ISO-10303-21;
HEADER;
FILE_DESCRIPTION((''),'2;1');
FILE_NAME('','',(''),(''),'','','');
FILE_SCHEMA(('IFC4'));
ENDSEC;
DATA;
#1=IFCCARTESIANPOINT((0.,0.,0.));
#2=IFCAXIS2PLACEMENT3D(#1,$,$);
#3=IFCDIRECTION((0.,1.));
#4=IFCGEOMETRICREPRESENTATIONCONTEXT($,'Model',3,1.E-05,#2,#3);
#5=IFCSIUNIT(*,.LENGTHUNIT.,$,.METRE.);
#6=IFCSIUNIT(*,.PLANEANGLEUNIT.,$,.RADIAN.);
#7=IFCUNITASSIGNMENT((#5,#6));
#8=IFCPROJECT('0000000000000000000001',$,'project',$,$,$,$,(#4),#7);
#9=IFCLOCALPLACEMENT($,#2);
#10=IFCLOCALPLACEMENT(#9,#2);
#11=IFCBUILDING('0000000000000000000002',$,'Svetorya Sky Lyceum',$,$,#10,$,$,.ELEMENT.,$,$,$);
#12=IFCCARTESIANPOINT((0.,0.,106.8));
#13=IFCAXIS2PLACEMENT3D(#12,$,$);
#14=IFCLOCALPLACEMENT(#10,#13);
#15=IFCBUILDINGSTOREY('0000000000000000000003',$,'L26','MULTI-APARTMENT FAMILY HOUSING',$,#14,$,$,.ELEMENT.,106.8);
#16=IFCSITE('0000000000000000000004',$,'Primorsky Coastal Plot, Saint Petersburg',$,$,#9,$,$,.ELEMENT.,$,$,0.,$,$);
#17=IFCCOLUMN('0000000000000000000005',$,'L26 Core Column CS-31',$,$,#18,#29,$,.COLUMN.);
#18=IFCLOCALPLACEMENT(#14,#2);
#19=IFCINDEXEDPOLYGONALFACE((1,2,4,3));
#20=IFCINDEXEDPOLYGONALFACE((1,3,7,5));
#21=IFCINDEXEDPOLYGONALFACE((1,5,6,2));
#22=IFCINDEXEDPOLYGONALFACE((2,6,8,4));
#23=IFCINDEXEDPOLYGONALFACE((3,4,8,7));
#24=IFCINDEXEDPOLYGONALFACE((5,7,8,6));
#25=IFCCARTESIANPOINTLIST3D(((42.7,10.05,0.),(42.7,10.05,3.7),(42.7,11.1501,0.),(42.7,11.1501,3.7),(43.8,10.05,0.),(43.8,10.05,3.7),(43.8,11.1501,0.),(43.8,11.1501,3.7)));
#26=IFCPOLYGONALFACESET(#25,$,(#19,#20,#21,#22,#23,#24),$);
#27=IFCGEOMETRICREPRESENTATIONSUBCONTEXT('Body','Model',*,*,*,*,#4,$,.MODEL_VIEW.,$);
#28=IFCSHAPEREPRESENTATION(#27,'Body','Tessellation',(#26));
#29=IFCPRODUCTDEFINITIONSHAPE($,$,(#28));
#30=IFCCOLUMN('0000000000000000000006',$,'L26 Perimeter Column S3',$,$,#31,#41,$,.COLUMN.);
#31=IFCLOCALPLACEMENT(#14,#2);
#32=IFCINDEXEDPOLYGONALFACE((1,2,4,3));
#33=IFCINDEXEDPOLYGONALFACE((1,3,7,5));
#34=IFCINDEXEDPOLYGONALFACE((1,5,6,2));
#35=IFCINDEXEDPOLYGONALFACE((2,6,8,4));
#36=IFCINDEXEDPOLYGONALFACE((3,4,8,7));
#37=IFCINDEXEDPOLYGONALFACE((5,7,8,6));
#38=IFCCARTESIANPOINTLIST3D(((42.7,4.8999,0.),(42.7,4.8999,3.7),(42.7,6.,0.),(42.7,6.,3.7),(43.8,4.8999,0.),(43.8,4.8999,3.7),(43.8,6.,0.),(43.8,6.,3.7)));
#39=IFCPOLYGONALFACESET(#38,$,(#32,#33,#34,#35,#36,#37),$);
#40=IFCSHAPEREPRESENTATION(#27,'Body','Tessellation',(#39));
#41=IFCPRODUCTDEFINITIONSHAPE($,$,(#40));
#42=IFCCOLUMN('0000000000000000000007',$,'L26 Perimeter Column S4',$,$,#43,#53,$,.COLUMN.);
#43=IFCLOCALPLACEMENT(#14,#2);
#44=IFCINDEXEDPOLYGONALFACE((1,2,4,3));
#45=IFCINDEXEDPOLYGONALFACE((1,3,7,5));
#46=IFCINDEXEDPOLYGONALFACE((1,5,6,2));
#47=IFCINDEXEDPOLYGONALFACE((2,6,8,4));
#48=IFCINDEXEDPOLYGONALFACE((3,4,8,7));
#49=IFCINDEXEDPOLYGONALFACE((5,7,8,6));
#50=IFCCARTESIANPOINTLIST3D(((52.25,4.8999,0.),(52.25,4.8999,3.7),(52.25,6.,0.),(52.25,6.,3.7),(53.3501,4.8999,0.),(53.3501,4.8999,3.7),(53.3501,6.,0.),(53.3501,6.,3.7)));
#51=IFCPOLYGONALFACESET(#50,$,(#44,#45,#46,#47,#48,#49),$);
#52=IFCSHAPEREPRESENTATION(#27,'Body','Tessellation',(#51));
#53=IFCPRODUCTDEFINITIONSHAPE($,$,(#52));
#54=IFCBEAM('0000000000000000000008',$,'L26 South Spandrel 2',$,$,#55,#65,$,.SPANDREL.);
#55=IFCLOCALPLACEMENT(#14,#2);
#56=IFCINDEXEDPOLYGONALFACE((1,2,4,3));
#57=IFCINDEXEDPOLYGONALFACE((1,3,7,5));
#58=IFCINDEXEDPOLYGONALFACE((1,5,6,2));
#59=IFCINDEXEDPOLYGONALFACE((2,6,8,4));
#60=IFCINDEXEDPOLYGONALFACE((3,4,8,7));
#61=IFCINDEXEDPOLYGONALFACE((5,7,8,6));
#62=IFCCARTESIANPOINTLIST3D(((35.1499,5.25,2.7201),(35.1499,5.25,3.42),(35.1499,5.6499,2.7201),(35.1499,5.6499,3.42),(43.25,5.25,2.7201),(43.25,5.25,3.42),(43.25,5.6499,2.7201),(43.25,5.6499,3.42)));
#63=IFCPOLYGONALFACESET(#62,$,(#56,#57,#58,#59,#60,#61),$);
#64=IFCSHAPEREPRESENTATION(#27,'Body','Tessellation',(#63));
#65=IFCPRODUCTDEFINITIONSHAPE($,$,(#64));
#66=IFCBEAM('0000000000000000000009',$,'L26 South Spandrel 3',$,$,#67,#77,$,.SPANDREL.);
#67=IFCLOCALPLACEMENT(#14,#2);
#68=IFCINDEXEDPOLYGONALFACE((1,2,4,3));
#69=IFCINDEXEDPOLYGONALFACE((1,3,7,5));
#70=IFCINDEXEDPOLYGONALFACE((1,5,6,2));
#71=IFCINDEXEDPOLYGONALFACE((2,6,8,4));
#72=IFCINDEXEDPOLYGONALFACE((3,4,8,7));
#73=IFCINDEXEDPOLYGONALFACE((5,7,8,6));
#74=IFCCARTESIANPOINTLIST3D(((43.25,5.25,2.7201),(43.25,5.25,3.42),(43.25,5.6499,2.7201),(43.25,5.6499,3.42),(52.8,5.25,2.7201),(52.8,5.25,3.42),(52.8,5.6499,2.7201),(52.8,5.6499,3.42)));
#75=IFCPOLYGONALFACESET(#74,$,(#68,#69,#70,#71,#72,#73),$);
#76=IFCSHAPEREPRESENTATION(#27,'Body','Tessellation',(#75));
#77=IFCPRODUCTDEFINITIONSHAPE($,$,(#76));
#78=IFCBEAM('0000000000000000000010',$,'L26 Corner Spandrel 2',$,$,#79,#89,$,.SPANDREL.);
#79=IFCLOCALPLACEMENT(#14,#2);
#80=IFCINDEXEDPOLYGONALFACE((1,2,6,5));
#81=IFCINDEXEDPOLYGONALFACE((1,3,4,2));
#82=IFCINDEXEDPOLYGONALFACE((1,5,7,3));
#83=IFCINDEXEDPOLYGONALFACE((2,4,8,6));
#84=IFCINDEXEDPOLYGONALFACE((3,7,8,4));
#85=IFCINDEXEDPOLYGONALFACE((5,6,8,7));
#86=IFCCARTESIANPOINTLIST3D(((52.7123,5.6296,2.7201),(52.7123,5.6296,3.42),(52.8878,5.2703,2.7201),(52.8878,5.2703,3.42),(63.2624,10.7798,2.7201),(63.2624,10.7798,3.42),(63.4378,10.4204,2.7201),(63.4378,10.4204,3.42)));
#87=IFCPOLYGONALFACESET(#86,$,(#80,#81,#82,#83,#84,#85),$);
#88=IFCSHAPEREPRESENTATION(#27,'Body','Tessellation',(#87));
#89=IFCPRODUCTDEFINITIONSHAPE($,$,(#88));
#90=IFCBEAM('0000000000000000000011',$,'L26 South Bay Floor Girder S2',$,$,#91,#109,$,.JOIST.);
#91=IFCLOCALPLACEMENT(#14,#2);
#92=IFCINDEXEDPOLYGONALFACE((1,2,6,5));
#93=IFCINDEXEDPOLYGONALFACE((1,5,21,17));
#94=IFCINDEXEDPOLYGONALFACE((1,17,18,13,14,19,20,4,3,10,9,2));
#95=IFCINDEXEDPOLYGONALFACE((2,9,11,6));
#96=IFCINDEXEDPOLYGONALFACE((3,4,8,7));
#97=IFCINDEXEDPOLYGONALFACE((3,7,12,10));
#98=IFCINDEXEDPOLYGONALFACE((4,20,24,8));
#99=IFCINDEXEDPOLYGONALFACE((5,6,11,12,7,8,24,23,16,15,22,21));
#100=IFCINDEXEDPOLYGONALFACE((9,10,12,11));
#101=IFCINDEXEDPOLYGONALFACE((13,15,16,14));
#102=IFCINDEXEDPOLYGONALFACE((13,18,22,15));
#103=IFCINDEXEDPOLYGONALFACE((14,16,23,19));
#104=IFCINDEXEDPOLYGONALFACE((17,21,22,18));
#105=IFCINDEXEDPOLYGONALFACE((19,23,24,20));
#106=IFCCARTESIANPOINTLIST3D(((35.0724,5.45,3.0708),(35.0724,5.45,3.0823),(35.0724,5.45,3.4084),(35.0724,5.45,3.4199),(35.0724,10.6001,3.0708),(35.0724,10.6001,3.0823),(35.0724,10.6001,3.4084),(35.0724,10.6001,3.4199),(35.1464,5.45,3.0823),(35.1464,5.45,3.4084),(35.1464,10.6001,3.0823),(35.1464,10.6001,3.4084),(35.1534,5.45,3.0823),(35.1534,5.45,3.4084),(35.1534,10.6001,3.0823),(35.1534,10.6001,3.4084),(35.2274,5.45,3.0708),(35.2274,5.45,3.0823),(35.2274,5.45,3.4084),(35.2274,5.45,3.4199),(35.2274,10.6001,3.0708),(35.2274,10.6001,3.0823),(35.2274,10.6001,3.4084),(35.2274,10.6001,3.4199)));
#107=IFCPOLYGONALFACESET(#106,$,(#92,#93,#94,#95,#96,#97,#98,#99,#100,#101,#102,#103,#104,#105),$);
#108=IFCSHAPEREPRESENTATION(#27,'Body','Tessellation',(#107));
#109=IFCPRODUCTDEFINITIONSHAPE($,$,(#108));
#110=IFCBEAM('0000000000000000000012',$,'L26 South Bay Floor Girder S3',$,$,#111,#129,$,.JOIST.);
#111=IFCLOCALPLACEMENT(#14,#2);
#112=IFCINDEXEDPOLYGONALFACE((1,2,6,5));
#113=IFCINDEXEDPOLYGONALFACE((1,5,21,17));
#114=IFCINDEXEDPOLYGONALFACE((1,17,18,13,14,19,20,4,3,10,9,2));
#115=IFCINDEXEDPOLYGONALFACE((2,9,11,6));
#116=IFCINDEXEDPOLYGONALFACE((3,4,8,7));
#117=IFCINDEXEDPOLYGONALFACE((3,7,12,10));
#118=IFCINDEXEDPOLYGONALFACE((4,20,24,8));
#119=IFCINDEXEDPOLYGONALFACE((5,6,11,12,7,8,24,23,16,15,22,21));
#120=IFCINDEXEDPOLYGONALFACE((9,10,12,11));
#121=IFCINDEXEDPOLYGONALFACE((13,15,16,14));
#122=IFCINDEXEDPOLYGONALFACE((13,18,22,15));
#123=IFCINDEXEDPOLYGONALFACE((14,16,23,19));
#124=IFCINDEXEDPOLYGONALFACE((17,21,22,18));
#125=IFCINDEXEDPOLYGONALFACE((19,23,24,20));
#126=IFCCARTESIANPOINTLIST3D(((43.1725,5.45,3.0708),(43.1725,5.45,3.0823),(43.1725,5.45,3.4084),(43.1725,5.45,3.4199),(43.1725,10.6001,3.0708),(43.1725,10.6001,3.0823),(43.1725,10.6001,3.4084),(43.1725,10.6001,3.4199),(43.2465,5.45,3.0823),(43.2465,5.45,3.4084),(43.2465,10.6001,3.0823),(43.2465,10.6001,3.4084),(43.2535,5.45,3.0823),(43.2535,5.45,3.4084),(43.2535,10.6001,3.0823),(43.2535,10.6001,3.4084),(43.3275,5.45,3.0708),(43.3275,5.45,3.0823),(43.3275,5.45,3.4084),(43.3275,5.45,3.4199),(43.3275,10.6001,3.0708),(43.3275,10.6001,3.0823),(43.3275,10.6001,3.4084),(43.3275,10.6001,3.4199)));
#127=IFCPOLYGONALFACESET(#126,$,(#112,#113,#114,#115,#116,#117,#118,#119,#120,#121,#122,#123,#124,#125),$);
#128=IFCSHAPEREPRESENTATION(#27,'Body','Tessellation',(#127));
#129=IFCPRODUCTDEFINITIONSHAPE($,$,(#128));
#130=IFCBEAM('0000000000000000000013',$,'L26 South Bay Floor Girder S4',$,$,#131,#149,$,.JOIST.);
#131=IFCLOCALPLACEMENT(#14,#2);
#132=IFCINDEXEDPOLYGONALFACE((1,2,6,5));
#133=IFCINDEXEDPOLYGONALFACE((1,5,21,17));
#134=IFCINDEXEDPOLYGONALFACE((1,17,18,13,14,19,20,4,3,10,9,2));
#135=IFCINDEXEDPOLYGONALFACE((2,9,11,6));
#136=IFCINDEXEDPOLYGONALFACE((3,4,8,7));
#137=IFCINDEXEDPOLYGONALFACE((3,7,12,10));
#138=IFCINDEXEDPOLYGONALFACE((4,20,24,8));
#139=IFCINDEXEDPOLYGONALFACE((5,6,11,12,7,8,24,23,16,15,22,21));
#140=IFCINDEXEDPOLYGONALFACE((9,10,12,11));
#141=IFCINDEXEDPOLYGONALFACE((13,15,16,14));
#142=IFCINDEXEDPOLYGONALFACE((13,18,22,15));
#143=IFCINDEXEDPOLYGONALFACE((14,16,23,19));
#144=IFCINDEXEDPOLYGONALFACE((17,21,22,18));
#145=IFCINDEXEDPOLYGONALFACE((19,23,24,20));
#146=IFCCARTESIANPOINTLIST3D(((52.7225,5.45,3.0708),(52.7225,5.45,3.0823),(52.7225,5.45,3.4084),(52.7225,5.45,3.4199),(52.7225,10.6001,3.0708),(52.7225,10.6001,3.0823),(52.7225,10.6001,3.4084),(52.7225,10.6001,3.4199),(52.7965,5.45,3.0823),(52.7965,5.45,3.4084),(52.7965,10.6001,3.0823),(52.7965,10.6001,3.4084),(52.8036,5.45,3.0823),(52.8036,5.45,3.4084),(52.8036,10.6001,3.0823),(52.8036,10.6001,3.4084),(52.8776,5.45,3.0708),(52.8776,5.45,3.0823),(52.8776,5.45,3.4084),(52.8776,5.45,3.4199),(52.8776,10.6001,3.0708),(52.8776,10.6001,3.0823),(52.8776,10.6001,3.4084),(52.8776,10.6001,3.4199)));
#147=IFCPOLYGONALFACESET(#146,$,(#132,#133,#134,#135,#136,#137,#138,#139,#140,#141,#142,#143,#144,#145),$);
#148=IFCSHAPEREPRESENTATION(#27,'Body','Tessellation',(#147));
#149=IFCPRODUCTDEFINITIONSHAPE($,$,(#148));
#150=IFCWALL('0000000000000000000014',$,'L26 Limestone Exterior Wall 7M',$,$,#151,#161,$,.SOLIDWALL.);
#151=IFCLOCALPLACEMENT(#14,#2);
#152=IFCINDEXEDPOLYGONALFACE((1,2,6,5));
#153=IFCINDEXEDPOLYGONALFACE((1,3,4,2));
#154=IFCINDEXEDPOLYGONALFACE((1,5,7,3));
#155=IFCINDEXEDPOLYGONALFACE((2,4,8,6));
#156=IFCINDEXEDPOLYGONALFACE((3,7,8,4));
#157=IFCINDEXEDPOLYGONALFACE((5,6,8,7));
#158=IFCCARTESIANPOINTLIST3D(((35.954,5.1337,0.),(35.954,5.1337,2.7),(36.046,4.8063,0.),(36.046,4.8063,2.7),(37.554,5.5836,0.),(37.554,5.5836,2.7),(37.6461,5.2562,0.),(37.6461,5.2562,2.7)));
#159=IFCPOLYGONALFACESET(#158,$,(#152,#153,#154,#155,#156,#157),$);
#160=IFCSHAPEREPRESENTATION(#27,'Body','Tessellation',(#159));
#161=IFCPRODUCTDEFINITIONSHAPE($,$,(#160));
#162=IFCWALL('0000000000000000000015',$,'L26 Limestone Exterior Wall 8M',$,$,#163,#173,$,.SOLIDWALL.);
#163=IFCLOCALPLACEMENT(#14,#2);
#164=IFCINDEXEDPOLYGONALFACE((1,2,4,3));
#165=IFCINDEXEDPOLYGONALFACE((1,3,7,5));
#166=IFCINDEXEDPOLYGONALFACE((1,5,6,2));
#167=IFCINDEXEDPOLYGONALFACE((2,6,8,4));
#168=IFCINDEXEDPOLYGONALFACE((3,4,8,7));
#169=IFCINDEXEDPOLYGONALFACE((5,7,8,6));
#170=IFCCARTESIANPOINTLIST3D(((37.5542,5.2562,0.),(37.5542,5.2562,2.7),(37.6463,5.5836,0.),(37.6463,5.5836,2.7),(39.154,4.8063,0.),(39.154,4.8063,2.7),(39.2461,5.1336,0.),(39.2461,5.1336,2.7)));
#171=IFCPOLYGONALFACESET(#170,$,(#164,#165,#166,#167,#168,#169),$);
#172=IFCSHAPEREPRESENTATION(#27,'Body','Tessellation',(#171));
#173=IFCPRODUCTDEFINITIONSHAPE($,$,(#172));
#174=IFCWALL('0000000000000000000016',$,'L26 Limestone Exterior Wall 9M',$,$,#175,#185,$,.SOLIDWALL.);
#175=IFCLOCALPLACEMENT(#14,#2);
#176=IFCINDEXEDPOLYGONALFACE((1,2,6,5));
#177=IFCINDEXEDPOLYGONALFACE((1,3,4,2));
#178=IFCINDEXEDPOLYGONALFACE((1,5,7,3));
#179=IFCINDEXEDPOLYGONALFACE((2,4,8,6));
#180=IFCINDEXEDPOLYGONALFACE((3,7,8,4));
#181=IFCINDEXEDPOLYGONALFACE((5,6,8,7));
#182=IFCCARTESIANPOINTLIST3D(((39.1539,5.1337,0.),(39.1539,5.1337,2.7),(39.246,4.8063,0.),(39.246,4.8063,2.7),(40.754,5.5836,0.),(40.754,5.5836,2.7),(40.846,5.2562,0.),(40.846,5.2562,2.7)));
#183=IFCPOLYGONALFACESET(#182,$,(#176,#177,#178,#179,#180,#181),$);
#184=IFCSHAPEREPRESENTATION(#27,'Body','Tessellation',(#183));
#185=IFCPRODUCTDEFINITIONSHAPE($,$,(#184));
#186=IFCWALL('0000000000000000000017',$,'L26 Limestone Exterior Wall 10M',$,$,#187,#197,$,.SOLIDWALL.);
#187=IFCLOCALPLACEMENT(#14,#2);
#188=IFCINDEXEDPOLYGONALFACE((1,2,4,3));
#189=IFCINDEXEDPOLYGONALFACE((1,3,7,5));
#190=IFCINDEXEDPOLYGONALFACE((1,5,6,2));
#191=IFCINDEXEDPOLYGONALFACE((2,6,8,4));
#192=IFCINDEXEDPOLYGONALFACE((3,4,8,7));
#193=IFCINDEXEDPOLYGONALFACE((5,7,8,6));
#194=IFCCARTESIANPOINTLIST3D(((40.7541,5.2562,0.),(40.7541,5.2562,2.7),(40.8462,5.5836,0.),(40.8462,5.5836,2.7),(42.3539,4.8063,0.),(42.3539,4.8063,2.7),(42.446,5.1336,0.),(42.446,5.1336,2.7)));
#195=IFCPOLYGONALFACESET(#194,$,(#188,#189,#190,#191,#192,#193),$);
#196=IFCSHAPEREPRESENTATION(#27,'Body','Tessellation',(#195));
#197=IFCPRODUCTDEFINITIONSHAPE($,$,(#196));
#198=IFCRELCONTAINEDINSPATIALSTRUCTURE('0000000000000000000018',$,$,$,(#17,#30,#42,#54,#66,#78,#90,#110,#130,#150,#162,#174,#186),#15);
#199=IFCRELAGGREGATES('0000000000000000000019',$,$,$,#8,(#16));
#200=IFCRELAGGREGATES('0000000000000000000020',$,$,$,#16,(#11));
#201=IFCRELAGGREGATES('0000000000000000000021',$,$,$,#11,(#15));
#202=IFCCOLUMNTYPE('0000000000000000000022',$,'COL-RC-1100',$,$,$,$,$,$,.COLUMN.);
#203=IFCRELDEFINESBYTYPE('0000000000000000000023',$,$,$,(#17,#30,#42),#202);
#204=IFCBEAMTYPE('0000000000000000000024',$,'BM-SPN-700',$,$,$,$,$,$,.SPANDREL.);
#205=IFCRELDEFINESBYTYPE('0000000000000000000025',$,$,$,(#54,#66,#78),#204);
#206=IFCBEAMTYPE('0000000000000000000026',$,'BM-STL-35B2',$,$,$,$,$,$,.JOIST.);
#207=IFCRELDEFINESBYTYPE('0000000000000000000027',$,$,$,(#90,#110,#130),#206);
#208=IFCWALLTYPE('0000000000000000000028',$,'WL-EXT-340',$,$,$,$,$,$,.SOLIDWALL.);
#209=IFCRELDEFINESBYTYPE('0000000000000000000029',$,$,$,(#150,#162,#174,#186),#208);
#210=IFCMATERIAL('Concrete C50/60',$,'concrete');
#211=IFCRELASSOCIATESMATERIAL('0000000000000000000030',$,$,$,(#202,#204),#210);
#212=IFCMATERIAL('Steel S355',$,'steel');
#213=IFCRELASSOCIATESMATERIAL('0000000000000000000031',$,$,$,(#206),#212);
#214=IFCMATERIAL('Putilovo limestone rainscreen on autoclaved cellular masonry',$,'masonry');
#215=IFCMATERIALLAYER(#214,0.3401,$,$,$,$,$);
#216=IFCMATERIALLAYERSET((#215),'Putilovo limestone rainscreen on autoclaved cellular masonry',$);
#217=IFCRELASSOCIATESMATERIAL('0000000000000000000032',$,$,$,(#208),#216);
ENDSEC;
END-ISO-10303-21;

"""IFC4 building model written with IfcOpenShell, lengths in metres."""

from ifc_helpers import new_model, si_unit, direction, frame, frame_2d, origin, origin_2d, place, context, subcontext, project, spatial, rectangle, i_section, extrude, material, layer, layer_set, material_profile, profile_set, type_object, element, save


model = new_model("IFC4")

# Units and contexts
model_context = context("Model", 3, precision=1e-05, world=origin(), true_north=direction((0.0, 1.0)))
body_context = subcontext(model_context, "Body", "Model", "MODEL_VIEW")
ifc_project = project(units=[si_unit("LENGTHUNIT", "METRE"), si_unit("PLANEANGLEUNIT", "RADIAN")], contexts=[model_context])

# Site, building, storey
site_placement = place(None, origin())
site = spatial("IfcSite", under=ifc_project, at=site_placement, Name="Primorsky Coastal Plot, Saint Petersburg", CompositionType="ELEMENT", RefElevation=0.0)
building_placement = place(site_placement, origin())
building = spatial("IfcBuilding", under=site, at=building_placement, Name="Svetorya Sky Lyceum", CompositionType="ELEMENT")
storey_placement = place(building_placement, frame((0.0, 0.0, 106.8)))
storey = spatial("IfcBuildingStorey", under=building, at=storey_placement, Name="L26", Description="MULTI-APARTMENT FAMILY HOUSING", CompositionType="ELEMENT", Elevation=106.8)

# Columns
ifc_material_1 = material(Name="Concrete C50/60", Category="concrete")
ifc_material_profile_1 = material_profile(ifc_material_1, rectangle(XDim=1.1001, YDim=1.1001, at=origin_2d()), Name="RC COL 1100x1100")
ifc_profile_set_1 = profile_set([ifc_material_profile_1], Name="Concrete C50/60")
column_type = type_object("IfcColumnType", Name="COL-RC-1100", PredefinedType="COLUMN", material=ifc_profile_set_1)
for number, where, z_axis, x_axis, name in (
    (1, (43.25, 10.6001, 0.0), (0.0, 0.0, 1.0), (1.0, 0.0, 0.0), "L26 Core Column CS-31"),
    (2, (43.25, 5.45, 0.0), (0.0, 0.0, 1.0), (1.0, 0.0, 0.0), "L26 Perimeter Column S3"),
    (3, (52.8, 5.45, 0.0), (0.0, 0.0, 1.0), (1.0, 0.0, 0.0), "L26 Perimeter Column S4"),
):
    element("IfcColumn", number, at=place(storey_placement, frame(where, z_axis=z_axis, x_axis=x_axis)), inside=storey, type_object=column_type, Name=name, PredefinedType="COLUMN", context=body_context, shape_type="SweptSolid", body=[
        extrude(rectangle(XDim=1.1001, YDim=1.1001, at=origin_2d()), origin(), (0.0, 0.0, 1.0), 3.7),
    ])

# Beams
ifc_material_profile_2 = material_profile(ifc_material_1, rectangle(XDim=0.3999, YDim=0.7, at=origin_2d()), Name="RC SPANDREL 400x700")
ifc_profile_set_2 = profile_set([ifc_material_profile_2], Name="Concrete C50/60")
beam_type_1 = type_object("IfcBeamType", Name="BM-SPN-700", PredefinedType="SPANDREL", material=ifc_profile_set_2)
beam_1_placement = place(storey_placement, frame((35.1499, 5.45, 3.0701), z_axis=(1.0, 0.0, 0.0), x_axis=(0.0, 1.0, 0.0)))
element("IfcBeam", 4, at=beam_1_placement, inside=storey, type_object=beam_type_1, Name="L26 South Spandrel 2", PredefinedType="SPANDREL", context=body_context, shape_type="SweptSolid", body=[
    extrude(rectangle(XDim=0.3999, YDim=0.7, at=origin_2d()), origin(), (0.0, 0.0, 1.0), 8.1001),
])
beam_2_placement = place(storey_placement, frame((43.25, 5.45, 3.0701), z_axis=(1.0, 0.0, 0.0), x_axis=(0.0, 1.0, 0.0)))
element("IfcBeam", 5, at=beam_2_placement, inside=storey, type_object=beam_type_1, Name="L26 South Spandrel 3", PredefinedType="SPANDREL", context=body_context, shape_type="SweptSolid", body=[
    extrude(rectangle(XDim=0.3999, YDim=0.7, at=origin_2d()), origin(), (0.0, 0.0, 1.0), 9.55),
])
beam_3_placement = place(storey_placement, frame((52.8, 5.45, 3.0701), z_axis=(0.898641, 0.438684, 0.0), x_axis=(-0.438684, 0.898641, 0.0)))
element("IfcBeam", 6, at=beam_3_placement, inside=storey, type_object=beam_type_1, Name="L26 Corner Spandrel 2", PredefinedType="SPANDREL", context=body_context, shape_type="SweptSolid", body=[
    extrude(rectangle(XDim=0.3999, YDim=0.7, at=origin_2d()), origin(), (0.0, 0.0, 1.0), 11.74),
])
ifc_material_2 = material(Name="Steel S355", Category="steel")
ifc_material_profile_3 = material_profile(ifc_material_2, i_section(OverallWidth=0.155, OverallDepth=0.3491, WebThickness=0.0071, FlangeThickness=0.0115, at=origin_2d()), Name="GOST 35B2")
ifc_profile_set_3 = profile_set([ifc_material_profile_3], Name="Steel S355")
beam_type_2 = type_object("IfcBeamType", Name="BM-STL-35B2", PredefinedType="JOIST", material=ifc_profile_set_3)
for number, where, z_axis, x_axis, name in (
    (7, (35.1499, 5.45, 3.2454), (0.0, 1.0, 0.0), (-1.0, 0.0, 0.0), "L26 South Bay Floor Girder S2"),
    (8, (43.25, 5.45, 3.2454), (0.0, 1.0, 0.0), (-1.0, 0.0, 0.0), "L26 South Bay Floor Girder S3"),
    (9, (52.8, 5.45, 3.2454), (0.0, 1.0, 0.0), (-1.0, 0.0, 0.0), "L26 South Bay Floor Girder S4"),
):
    element("IfcBeam", number, at=place(storey_placement, frame(where, z_axis=z_axis, x_axis=x_axis)), inside=storey, type_object=beam_type_2, Name=name, PredefinedType="JOIST", context=body_context, shape_type="SweptSolid", body=[
        extrude(i_section(OverallWidth=0.155, OverallDepth=0.3491, WebThickness=0.0071, FlangeThickness=0.0115, at=origin_2d()), origin(), (0.0, 0.0, 1.0), 5.1501),
    ])

# Walls
ifc_material_3 = material(Name="Putilovo limestone rainscreen on autoclaved cellular masonry", Category="masonry")
ifc_layer_1 = layer(ifc_material_3, 0.3401)
ifc_layer_set_1 = layer_set([ifc_layer_1], Name="Putilovo limestone rainscreen on autoclaved cellular masonry")
wall_type_1 = type_object("IfcWallType", Name="WL-EXT-340", PredefinedType="SOLIDWALL", material=ifc_layer_set_1)
wall_1_placement = place(storey_placement, frame((36.0, 4.97, 0.0), z_axis=(0.0, 0.0, 1.0), x_axis=(0.962663, 0.270703, 0.0)))
element("IfcWall", 10, at=wall_1_placement, inside=storey, type_object=wall_type_1, Name="L26 Limestone Exterior Wall 7M", PredefinedType="SOLIDWALL", context=body_context, shape_type="SweptSolid", body=[
    extrude(rectangle(XDim=1.6621, YDim=0.3401, at=frame_2d((0.8311, 0.0))), origin(), (0.0, 0.0, 1.0), 2.7),
])
wall_2_placement = place(storey_placement, frame((37.6001, 5.4199, 0.0), z_axis=(0.0, 0.0, 1.0), x_axis=(0.962652, -0.270741, 0.0)))
element("IfcWall", 11, at=wall_2_placement, inside=storey, type_object=wall_type_1, Name="L26 Limestone Exterior Wall 8M", PredefinedType="SOLIDWALL", context=body_context, shape_type="SweptSolid", body=[
    extrude(rectangle(XDim=1.6619, YDim=0.3401, at=frame_2d((0.8311, 0.0))), origin(), (0.0, 0.0, 1.0), 2.7),
])
wall_3_placement = place(storey_placement, frame((39.2, 4.97, 0.0), z_axis=(0.0, 0.0, 1.0), x_axis=(0.962663, 0.270703, 0.0)))
element("IfcWall", 12, at=wall_3_placement, inside=storey, type_object=wall_type_1, Name="L26 Limestone Exterior Wall 9M", PredefinedType="SOLIDWALL", context=body_context, shape_type="SweptSolid", body=[
    extrude(rectangle(XDim=1.6621, YDim=0.3401, at=frame_2d((0.8311, 0.0))), origin(), (0.0, 0.0, 1.0), 2.7),
])
wall_4_placement = place(storey_placement, frame((40.8, 5.4199, 0.0), z_axis=(0.0, 0.0, 1.0), x_axis=(0.962652, -0.270741, 0.0)))
element("IfcWall", 13, at=wall_4_placement, inside=storey, type_object=wall_type_1, Name="L26 Limestone Exterior Wall 10M", PredefinedType="SOLIDWALL", context=body_context, shape_type="SweptSolid", body=[
    extrude(rectangle(XDim=1.6619, YDim=0.3401, at=frame_2d((0.8311, 0.0))), origin(), (0.0, 0.0, 1.0), 2.7),
])

save(model, "model.ifc")
